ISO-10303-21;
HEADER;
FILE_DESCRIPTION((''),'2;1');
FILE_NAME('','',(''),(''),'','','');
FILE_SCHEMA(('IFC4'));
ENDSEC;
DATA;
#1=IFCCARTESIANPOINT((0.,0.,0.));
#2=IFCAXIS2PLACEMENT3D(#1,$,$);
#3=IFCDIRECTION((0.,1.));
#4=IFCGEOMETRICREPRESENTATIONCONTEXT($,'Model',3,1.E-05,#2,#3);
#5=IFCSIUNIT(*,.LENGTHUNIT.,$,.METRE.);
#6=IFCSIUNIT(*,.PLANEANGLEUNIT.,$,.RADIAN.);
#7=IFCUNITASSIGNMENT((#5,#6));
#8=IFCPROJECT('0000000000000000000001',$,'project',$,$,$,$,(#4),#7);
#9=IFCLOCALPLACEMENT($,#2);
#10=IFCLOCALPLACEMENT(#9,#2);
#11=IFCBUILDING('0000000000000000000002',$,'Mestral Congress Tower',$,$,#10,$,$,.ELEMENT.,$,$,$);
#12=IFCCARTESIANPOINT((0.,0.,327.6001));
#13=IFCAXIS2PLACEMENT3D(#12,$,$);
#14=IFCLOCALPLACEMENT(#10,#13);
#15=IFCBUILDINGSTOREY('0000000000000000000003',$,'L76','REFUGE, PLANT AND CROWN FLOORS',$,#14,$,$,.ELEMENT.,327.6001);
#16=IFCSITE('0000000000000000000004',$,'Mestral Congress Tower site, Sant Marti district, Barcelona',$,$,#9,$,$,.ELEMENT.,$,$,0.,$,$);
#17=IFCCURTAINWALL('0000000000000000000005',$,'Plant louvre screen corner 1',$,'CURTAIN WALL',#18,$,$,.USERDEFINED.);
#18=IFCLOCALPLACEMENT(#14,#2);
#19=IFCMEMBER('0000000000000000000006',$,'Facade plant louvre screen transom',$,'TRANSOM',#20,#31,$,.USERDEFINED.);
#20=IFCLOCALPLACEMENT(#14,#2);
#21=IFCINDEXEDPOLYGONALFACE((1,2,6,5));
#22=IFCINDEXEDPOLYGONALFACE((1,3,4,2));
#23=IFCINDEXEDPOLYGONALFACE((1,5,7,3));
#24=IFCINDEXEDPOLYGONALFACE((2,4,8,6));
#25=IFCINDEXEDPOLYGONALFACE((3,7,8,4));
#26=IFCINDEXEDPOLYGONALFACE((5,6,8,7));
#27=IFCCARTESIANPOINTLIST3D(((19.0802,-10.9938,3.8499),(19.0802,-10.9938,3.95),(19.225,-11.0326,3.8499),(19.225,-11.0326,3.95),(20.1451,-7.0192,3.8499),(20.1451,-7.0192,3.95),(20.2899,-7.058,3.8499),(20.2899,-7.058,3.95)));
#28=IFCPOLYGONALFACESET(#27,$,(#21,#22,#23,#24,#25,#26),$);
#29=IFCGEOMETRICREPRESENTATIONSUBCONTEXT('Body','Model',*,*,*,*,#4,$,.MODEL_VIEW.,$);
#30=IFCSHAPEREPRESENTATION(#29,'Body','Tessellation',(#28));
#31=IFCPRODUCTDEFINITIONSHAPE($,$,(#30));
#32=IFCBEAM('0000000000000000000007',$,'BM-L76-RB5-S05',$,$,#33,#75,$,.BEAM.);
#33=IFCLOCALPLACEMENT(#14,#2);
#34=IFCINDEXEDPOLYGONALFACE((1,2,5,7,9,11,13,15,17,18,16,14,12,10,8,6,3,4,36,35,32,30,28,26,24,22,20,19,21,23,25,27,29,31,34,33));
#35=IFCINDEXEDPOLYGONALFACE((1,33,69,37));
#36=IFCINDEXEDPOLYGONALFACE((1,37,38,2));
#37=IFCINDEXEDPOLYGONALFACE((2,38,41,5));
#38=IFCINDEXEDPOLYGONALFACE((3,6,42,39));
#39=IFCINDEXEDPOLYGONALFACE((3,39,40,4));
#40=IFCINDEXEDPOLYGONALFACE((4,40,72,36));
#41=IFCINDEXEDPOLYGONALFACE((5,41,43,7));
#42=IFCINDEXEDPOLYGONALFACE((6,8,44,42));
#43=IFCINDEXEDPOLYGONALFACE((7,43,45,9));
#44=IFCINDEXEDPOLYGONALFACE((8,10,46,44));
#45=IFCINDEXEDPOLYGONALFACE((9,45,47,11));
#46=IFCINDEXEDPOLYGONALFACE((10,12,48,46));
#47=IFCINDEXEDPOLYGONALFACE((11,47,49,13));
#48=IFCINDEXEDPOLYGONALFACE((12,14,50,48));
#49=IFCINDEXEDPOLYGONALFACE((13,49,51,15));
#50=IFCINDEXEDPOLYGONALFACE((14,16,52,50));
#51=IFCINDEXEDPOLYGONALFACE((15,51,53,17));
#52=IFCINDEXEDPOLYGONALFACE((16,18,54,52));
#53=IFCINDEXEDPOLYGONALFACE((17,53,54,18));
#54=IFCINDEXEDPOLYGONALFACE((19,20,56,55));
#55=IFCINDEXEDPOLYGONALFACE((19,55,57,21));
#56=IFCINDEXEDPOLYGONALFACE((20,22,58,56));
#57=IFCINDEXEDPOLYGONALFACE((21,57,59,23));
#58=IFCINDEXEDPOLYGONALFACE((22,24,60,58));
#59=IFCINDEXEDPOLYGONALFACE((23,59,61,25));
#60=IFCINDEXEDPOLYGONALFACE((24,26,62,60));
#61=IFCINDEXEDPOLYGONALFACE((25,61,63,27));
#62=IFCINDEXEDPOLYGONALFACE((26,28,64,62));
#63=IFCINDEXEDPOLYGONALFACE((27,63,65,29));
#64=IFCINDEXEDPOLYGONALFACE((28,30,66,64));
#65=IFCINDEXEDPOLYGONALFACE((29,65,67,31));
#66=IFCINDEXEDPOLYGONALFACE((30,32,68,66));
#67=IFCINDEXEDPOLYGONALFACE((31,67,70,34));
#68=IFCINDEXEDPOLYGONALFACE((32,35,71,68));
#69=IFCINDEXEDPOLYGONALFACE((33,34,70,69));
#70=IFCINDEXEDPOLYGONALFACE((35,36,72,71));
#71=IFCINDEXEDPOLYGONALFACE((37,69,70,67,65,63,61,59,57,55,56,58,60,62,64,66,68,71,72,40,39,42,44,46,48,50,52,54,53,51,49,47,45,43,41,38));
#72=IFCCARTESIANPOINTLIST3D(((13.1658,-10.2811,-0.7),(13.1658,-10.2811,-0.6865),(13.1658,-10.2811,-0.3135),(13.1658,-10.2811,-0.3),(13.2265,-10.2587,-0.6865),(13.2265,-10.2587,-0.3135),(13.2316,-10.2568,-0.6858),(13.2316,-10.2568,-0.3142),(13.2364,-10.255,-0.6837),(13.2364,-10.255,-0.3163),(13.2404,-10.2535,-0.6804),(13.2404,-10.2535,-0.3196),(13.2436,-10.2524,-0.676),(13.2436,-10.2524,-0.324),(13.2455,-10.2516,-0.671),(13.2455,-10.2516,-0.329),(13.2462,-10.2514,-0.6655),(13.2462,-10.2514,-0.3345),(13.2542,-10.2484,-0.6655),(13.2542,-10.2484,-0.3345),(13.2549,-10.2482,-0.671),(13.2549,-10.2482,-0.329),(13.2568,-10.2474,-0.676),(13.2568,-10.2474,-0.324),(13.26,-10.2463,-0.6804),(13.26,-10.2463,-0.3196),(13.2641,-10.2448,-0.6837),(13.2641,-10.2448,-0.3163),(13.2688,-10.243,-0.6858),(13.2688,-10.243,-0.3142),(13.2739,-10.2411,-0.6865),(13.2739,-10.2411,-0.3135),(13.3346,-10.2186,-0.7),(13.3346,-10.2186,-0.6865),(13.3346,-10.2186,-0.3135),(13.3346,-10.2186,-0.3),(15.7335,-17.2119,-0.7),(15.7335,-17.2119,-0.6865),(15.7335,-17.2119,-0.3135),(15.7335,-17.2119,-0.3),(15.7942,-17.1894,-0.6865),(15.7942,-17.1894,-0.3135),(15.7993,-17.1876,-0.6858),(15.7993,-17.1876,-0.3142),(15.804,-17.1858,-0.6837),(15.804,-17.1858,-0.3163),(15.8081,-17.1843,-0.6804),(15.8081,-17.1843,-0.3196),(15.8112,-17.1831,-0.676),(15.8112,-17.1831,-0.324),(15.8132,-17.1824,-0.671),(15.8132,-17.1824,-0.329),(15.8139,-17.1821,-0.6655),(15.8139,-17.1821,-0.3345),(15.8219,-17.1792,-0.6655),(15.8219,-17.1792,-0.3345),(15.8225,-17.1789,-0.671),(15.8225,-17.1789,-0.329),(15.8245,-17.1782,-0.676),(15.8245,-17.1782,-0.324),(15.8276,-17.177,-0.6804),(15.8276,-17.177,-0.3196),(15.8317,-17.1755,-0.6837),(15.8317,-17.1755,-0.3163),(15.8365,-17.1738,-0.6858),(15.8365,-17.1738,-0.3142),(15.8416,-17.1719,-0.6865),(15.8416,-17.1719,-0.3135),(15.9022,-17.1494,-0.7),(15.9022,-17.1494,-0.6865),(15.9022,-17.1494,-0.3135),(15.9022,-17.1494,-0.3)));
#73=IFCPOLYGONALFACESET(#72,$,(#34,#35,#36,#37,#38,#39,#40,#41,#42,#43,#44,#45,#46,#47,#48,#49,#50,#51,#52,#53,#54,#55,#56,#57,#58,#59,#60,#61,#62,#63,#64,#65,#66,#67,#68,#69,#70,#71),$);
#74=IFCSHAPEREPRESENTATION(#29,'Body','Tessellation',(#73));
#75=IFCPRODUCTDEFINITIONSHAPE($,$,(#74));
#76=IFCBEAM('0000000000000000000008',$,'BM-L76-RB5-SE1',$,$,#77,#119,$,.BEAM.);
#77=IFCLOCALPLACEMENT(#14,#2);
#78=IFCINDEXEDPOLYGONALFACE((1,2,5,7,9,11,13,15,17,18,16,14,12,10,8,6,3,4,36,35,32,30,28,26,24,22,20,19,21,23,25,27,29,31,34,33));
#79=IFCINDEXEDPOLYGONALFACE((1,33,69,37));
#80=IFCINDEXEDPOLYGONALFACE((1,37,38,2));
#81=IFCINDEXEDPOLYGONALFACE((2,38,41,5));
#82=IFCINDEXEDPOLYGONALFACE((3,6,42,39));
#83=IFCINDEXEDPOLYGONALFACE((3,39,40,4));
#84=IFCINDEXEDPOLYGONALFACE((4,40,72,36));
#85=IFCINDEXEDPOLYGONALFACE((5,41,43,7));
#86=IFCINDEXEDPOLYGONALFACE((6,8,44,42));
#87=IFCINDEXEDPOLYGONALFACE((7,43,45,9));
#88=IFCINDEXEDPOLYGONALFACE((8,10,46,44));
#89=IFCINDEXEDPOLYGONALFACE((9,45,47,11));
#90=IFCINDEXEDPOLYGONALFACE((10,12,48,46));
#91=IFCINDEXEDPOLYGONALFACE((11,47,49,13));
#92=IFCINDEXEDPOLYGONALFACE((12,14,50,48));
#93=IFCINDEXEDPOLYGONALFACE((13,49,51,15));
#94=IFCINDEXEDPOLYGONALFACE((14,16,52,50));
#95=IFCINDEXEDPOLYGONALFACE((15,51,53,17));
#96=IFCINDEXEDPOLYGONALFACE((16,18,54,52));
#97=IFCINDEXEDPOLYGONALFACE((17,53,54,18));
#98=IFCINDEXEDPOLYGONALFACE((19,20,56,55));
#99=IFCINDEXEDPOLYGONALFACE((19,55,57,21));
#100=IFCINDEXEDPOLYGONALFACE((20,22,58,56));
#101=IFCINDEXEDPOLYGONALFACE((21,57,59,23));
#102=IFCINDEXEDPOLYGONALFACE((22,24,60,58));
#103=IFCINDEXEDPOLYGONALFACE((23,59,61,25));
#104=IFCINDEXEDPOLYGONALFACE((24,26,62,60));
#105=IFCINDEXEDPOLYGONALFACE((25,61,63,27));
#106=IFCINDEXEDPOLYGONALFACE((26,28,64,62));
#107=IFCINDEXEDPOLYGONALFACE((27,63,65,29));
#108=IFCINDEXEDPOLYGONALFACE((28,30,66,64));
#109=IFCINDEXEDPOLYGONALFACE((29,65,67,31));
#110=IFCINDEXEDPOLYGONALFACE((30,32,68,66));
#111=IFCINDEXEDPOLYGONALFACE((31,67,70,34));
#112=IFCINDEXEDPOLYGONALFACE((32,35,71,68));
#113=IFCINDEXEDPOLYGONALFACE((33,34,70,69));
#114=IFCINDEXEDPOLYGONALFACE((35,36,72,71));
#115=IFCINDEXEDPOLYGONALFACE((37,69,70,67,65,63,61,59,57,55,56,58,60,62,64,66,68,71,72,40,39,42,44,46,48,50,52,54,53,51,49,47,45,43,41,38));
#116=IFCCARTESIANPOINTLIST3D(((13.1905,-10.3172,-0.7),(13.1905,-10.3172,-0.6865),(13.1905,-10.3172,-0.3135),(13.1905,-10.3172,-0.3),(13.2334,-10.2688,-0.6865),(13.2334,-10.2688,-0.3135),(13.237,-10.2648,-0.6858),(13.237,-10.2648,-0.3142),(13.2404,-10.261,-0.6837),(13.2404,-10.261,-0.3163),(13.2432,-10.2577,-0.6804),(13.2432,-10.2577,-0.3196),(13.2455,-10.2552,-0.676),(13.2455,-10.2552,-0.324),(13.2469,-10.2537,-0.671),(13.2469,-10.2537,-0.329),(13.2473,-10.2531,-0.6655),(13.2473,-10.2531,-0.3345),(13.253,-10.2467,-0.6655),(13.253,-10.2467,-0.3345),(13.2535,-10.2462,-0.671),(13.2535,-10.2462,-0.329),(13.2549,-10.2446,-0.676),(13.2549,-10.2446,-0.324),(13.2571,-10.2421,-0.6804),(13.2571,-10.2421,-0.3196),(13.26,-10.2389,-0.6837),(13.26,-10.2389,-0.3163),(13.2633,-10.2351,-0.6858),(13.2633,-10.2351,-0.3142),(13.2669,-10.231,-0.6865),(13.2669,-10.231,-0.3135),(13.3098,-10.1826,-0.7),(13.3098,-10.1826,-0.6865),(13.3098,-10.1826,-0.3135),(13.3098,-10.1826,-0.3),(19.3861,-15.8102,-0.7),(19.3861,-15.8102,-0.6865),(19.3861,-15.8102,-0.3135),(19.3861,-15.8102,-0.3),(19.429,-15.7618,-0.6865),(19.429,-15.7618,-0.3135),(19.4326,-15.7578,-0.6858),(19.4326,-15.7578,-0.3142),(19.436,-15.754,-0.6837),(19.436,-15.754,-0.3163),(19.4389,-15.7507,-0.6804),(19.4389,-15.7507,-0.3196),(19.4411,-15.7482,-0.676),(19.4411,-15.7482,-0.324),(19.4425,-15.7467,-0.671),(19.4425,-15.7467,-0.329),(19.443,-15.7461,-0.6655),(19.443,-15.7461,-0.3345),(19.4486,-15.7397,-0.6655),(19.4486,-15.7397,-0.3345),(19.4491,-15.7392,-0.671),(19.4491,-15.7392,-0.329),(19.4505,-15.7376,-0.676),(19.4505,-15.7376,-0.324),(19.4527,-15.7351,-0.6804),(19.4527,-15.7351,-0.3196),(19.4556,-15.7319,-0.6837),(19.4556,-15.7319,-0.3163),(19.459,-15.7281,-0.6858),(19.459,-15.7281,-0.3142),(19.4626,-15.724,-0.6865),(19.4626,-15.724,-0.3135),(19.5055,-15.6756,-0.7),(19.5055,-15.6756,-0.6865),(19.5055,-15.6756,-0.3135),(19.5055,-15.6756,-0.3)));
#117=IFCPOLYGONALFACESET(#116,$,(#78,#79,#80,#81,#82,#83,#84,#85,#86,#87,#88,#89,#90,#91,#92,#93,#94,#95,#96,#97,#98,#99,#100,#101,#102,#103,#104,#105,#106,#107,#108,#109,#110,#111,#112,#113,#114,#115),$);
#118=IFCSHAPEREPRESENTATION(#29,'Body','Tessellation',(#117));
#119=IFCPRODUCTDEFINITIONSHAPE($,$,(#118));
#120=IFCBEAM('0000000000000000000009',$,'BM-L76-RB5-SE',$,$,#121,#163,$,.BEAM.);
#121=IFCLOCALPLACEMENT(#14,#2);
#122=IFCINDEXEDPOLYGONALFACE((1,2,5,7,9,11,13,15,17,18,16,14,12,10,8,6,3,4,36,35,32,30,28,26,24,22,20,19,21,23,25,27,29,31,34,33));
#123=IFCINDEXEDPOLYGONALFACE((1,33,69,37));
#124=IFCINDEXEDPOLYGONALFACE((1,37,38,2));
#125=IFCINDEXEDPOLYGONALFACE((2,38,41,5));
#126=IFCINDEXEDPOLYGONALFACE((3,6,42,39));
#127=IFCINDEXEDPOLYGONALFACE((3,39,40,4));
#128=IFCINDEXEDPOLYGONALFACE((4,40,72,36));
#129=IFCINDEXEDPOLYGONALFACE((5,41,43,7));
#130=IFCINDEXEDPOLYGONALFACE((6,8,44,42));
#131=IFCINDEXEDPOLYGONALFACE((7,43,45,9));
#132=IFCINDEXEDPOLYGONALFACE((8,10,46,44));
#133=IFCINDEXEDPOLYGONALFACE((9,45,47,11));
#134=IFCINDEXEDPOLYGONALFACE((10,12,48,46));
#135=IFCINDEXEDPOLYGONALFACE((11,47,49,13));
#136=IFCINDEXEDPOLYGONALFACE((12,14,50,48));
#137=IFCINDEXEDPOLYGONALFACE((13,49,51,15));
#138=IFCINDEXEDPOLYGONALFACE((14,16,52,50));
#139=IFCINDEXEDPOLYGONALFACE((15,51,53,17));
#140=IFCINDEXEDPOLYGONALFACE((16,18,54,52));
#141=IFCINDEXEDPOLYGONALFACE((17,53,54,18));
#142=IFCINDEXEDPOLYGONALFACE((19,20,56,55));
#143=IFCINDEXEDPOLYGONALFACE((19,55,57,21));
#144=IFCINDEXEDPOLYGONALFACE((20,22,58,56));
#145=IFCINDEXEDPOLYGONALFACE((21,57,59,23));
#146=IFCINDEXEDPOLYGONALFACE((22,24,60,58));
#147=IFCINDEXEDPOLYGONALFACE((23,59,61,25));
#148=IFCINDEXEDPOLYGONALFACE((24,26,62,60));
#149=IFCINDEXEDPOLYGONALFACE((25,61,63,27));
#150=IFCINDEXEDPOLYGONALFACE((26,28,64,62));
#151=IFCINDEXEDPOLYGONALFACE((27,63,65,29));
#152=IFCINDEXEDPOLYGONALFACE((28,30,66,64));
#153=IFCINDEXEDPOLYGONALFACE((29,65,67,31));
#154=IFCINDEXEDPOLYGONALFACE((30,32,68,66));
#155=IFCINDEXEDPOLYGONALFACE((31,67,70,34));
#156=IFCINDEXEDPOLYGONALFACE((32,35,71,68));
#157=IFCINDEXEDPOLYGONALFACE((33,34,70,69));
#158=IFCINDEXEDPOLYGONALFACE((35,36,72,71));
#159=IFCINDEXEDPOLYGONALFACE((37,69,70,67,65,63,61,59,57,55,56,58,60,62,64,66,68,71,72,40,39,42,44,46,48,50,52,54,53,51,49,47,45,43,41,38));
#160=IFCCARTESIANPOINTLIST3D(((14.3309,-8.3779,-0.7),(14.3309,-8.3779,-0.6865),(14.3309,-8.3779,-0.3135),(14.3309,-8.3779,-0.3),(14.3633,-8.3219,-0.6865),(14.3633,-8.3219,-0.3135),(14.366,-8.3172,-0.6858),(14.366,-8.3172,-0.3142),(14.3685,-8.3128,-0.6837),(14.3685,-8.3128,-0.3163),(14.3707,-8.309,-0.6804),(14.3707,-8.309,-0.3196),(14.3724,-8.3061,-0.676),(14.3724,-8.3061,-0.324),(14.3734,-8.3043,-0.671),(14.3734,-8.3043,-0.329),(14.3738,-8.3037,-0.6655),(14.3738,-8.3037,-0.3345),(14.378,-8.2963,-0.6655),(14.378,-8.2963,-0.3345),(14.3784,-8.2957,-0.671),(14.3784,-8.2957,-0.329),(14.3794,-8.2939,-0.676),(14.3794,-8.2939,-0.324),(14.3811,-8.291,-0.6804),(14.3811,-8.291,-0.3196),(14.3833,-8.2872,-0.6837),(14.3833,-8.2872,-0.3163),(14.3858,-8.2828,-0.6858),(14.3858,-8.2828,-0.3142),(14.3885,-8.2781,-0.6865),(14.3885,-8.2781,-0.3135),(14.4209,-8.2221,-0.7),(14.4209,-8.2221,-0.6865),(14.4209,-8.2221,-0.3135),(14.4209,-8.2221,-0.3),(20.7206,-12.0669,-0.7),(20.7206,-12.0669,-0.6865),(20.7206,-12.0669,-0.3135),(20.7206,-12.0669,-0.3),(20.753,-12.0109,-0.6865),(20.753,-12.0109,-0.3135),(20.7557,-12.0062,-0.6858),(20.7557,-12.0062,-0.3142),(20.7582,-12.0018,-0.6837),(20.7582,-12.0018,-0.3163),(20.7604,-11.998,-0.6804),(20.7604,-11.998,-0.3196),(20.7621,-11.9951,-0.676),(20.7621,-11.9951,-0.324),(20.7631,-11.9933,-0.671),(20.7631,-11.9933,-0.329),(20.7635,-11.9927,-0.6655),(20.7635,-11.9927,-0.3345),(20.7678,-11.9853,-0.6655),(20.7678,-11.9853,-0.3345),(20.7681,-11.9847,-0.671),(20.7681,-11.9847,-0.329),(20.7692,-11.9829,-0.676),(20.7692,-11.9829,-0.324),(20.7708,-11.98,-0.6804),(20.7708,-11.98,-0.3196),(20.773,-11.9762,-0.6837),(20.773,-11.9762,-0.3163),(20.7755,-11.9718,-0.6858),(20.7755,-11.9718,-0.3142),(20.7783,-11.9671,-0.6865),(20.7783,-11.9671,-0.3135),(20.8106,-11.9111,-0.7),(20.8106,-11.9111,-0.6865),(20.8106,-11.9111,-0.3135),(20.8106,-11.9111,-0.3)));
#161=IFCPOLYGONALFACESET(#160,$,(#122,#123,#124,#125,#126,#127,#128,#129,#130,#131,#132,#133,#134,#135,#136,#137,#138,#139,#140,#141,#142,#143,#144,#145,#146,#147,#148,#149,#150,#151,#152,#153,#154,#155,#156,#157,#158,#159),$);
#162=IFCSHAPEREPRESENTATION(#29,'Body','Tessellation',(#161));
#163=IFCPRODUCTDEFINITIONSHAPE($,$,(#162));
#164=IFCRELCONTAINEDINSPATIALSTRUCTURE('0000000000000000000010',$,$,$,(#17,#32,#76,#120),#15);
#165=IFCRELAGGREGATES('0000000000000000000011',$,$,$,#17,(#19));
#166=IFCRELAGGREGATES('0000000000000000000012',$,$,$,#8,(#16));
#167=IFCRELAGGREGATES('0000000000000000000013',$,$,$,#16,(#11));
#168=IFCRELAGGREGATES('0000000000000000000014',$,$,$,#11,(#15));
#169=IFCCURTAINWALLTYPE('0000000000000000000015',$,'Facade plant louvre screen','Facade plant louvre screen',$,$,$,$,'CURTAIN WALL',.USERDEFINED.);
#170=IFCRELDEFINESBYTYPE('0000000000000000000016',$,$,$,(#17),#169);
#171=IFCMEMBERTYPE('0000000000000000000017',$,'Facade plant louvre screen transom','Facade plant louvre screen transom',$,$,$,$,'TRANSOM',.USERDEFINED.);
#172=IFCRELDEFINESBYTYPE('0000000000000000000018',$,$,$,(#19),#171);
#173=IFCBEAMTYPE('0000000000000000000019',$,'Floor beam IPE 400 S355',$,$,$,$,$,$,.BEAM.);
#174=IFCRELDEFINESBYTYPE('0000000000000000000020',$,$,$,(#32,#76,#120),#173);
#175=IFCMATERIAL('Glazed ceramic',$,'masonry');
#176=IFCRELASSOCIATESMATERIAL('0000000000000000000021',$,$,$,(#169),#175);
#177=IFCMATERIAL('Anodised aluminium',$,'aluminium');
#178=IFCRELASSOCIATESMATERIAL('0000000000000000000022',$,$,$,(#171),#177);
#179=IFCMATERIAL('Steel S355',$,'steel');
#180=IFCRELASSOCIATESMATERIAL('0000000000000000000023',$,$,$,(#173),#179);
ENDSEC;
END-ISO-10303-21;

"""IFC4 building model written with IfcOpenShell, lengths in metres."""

from ifc_helpers import new_model, si_unit, direction, frame, origin, origin_2d, place, context, subcontext, project, spatial, rectangle, i_section, extrude, material, material_profile, profile_set, type_object, element, aggregate, save


model = new_model("IFC4")

# Units and contexts
model_context = context("Model", 3, precision=1e-05, world=origin(), true_north=direction((0.0, 1.0)))
body_context = subcontext(model_context, "Body", "Model", "MODEL_VIEW")
ifc_project = project(units=[si_unit("LENGTHUNIT", "METRE"), si_unit("PLANEANGLEUNIT", "RADIAN")], contexts=[model_context])

# Site, building, storey
site_placement = place(None, origin())
site = spatial("IfcSite", under=ifc_project, at=site_placement, Name="Mestral Congress Tower site, Sant Marti district, Barcelona", CompositionType="ELEMENT", RefElevation=0.0)
building_placement = place(site_placement, origin())
building = spatial("IfcBuilding", under=site, at=building_placement, Name="Mestral Congress Tower", CompositionType="ELEMENT")
storey_placement = place(building_placement, frame((0.0, 0.0, 327.6001)))
storey = spatial("IfcBuildingStorey", under=building, at=storey_placement, Name="L76", Description="REFUGE, PLANT AND CROWN FLOORS", CompositionType="ELEMENT", Elevation=327.6001)

# Shared definitions
ifc_material_1 = material(Name="Steel S355", Category="steel")

# Curtain wall, member
ifc_material_2 = material(Name="Glazed ceramic", Category="masonry")
curtain_wall_type = type_object("IfcCurtainWallType", Name="Facade plant louvre screen", Description="Facade plant louvre screen", ElementType="CURTAIN WALL", PredefinedType="USERDEFINED", material=ifc_material_2)
curtain_wall_placement = place(storey_placement, origin())
curtain_wall = element("IfcCurtainWall", 1, at=curtain_wall_placement, inside=storey, type_object=curtain_wall_type, Name="Plant louvre screen corner 1", ObjectType="CURTAIN WALL", PredefinedType="USERDEFINED")
ifc_material_3 = material(Name="Anodised aluminium", Category="aluminium")
ifc_material_profile_1 = material_profile(ifc_material_3, rectangle(XDim=0.1499, YDim=0.1001, at=origin_2d()), Name="CW6 transom 150 x 100")
ifc_profile_set_1 = profile_set([ifc_material_profile_1], Name="Anodised aluminium")
member_type_1 = type_object("IfcMemberType", Name="Facade plant louvre screen transom", Description="Facade plant louvre screen transom", ElementType="TRANSOM", PredefinedType="USERDEFINED", material=ifc_profile_set_1)
member_1_placement = place(storey_placement, frame((19.1526, -11.0132, 3.8999), z_axis=(0.258807, 0.965929, 0.0), x_axis=(-0.965929, 0.258807, 0.0)))
member_1 = element("IfcMember", 2, at=member_1_placement, type_object=member_type_1, Name="Facade plant louvre screen transom", ObjectType="TRANSOM", PredefinedType="USERDEFINED", context=body_context, shape_type="SweptSolid", body=[
    extrude(rectangle(XDim=0.1499, YDim=0.1001, at=origin_2d()), origin(), (0.0, 0.0, 1.0), 4.1147),
])

# Beams
ifc_material_profile_2 = material_profile(ifc_material_1, i_section(OverallWidth=0.1799, OverallDepth=0.3999, WebThickness=0.0085, FlangeThickness=0.0134, FilletRadius=0.021, at=origin_2d()), Name="IPE 400")
ifc_profile_set_2 = profile_set([ifc_material_profile_2], Name="Steel S355")
beam_type_1 = type_object("IfcBeamType", Name="Floor beam IPE 400 S355", PredefinedType="BEAM", material=ifc_profile_set_2)
beam_1_placement = place(storey_placement, frame((15.8179, -17.1807, -0.5), z_axis=(-0.347399, 0.937717, 0.0), x_axis=(-0.937717, -0.347399, 0.0)))
element("IfcBeam", 3, at=beam_1_placement, inside=storey, type_object=beam_type_1, Name="BM-L76-RB5-S05", PredefinedType="BEAM", context=body_context, shape_type="SweptSolid", body=[
    extrude(i_section(OverallWidth=0.1799, OverallDepth=0.3999, WebThickness=0.0085, FlangeThickness=0.0134, FilletRadius=0.021, at=origin_2d()), origin(), (0.0, 0.0, 1.0), 7.3911),
])
beam_2_placement = place(storey_placement, frame((19.4458, -15.7429, -0.5), z_axis=(-0.748263, 0.663402, 0.0), x_axis=(-0.663402, -0.748263, 0.0)))
element("IfcBeam", 4, at=beam_2_placement, inside=storey, type_object=beam_type_1, Name="BM-L76-RB5-SE1", PredefinedType="BEAM", context=body_context, shape_type="SweptSolid", body=[
    extrude(i_section(OverallWidth=0.1799, OverallDepth=0.3999, WebThickness=0.0085, FlangeThickness=0.0134, FilletRadius=0.021, at=origin_2d()), origin(), (0.0, 0.0, 1.0), 8.28),
])
beam_3_placement = place(storey_placement, frame((20.7656, -11.989, -0.5), z_axis=(-0.866031, 0.49999, 0.0), x_axis=(-0.49999, -0.866031, 0.0)))
element("IfcBeam", 5, at=beam_3_placement, inside=storey, type_object=beam_type_1, Name="BM-L76-RB5-SE", PredefinedType="BEAM", context=body_context, shape_type="SweptSolid", body=[
    extrude(i_section(OverallWidth=0.1799, OverallDepth=0.3999, WebThickness=0.0085, FlangeThickness=0.0134, FilletRadius=0.021, at=origin_2d()), origin(), (0.0, 0.0, 1.0), 7.3782),
])

aggregate(curtain_wall, [member_1])

save(model, "model.ifc")
